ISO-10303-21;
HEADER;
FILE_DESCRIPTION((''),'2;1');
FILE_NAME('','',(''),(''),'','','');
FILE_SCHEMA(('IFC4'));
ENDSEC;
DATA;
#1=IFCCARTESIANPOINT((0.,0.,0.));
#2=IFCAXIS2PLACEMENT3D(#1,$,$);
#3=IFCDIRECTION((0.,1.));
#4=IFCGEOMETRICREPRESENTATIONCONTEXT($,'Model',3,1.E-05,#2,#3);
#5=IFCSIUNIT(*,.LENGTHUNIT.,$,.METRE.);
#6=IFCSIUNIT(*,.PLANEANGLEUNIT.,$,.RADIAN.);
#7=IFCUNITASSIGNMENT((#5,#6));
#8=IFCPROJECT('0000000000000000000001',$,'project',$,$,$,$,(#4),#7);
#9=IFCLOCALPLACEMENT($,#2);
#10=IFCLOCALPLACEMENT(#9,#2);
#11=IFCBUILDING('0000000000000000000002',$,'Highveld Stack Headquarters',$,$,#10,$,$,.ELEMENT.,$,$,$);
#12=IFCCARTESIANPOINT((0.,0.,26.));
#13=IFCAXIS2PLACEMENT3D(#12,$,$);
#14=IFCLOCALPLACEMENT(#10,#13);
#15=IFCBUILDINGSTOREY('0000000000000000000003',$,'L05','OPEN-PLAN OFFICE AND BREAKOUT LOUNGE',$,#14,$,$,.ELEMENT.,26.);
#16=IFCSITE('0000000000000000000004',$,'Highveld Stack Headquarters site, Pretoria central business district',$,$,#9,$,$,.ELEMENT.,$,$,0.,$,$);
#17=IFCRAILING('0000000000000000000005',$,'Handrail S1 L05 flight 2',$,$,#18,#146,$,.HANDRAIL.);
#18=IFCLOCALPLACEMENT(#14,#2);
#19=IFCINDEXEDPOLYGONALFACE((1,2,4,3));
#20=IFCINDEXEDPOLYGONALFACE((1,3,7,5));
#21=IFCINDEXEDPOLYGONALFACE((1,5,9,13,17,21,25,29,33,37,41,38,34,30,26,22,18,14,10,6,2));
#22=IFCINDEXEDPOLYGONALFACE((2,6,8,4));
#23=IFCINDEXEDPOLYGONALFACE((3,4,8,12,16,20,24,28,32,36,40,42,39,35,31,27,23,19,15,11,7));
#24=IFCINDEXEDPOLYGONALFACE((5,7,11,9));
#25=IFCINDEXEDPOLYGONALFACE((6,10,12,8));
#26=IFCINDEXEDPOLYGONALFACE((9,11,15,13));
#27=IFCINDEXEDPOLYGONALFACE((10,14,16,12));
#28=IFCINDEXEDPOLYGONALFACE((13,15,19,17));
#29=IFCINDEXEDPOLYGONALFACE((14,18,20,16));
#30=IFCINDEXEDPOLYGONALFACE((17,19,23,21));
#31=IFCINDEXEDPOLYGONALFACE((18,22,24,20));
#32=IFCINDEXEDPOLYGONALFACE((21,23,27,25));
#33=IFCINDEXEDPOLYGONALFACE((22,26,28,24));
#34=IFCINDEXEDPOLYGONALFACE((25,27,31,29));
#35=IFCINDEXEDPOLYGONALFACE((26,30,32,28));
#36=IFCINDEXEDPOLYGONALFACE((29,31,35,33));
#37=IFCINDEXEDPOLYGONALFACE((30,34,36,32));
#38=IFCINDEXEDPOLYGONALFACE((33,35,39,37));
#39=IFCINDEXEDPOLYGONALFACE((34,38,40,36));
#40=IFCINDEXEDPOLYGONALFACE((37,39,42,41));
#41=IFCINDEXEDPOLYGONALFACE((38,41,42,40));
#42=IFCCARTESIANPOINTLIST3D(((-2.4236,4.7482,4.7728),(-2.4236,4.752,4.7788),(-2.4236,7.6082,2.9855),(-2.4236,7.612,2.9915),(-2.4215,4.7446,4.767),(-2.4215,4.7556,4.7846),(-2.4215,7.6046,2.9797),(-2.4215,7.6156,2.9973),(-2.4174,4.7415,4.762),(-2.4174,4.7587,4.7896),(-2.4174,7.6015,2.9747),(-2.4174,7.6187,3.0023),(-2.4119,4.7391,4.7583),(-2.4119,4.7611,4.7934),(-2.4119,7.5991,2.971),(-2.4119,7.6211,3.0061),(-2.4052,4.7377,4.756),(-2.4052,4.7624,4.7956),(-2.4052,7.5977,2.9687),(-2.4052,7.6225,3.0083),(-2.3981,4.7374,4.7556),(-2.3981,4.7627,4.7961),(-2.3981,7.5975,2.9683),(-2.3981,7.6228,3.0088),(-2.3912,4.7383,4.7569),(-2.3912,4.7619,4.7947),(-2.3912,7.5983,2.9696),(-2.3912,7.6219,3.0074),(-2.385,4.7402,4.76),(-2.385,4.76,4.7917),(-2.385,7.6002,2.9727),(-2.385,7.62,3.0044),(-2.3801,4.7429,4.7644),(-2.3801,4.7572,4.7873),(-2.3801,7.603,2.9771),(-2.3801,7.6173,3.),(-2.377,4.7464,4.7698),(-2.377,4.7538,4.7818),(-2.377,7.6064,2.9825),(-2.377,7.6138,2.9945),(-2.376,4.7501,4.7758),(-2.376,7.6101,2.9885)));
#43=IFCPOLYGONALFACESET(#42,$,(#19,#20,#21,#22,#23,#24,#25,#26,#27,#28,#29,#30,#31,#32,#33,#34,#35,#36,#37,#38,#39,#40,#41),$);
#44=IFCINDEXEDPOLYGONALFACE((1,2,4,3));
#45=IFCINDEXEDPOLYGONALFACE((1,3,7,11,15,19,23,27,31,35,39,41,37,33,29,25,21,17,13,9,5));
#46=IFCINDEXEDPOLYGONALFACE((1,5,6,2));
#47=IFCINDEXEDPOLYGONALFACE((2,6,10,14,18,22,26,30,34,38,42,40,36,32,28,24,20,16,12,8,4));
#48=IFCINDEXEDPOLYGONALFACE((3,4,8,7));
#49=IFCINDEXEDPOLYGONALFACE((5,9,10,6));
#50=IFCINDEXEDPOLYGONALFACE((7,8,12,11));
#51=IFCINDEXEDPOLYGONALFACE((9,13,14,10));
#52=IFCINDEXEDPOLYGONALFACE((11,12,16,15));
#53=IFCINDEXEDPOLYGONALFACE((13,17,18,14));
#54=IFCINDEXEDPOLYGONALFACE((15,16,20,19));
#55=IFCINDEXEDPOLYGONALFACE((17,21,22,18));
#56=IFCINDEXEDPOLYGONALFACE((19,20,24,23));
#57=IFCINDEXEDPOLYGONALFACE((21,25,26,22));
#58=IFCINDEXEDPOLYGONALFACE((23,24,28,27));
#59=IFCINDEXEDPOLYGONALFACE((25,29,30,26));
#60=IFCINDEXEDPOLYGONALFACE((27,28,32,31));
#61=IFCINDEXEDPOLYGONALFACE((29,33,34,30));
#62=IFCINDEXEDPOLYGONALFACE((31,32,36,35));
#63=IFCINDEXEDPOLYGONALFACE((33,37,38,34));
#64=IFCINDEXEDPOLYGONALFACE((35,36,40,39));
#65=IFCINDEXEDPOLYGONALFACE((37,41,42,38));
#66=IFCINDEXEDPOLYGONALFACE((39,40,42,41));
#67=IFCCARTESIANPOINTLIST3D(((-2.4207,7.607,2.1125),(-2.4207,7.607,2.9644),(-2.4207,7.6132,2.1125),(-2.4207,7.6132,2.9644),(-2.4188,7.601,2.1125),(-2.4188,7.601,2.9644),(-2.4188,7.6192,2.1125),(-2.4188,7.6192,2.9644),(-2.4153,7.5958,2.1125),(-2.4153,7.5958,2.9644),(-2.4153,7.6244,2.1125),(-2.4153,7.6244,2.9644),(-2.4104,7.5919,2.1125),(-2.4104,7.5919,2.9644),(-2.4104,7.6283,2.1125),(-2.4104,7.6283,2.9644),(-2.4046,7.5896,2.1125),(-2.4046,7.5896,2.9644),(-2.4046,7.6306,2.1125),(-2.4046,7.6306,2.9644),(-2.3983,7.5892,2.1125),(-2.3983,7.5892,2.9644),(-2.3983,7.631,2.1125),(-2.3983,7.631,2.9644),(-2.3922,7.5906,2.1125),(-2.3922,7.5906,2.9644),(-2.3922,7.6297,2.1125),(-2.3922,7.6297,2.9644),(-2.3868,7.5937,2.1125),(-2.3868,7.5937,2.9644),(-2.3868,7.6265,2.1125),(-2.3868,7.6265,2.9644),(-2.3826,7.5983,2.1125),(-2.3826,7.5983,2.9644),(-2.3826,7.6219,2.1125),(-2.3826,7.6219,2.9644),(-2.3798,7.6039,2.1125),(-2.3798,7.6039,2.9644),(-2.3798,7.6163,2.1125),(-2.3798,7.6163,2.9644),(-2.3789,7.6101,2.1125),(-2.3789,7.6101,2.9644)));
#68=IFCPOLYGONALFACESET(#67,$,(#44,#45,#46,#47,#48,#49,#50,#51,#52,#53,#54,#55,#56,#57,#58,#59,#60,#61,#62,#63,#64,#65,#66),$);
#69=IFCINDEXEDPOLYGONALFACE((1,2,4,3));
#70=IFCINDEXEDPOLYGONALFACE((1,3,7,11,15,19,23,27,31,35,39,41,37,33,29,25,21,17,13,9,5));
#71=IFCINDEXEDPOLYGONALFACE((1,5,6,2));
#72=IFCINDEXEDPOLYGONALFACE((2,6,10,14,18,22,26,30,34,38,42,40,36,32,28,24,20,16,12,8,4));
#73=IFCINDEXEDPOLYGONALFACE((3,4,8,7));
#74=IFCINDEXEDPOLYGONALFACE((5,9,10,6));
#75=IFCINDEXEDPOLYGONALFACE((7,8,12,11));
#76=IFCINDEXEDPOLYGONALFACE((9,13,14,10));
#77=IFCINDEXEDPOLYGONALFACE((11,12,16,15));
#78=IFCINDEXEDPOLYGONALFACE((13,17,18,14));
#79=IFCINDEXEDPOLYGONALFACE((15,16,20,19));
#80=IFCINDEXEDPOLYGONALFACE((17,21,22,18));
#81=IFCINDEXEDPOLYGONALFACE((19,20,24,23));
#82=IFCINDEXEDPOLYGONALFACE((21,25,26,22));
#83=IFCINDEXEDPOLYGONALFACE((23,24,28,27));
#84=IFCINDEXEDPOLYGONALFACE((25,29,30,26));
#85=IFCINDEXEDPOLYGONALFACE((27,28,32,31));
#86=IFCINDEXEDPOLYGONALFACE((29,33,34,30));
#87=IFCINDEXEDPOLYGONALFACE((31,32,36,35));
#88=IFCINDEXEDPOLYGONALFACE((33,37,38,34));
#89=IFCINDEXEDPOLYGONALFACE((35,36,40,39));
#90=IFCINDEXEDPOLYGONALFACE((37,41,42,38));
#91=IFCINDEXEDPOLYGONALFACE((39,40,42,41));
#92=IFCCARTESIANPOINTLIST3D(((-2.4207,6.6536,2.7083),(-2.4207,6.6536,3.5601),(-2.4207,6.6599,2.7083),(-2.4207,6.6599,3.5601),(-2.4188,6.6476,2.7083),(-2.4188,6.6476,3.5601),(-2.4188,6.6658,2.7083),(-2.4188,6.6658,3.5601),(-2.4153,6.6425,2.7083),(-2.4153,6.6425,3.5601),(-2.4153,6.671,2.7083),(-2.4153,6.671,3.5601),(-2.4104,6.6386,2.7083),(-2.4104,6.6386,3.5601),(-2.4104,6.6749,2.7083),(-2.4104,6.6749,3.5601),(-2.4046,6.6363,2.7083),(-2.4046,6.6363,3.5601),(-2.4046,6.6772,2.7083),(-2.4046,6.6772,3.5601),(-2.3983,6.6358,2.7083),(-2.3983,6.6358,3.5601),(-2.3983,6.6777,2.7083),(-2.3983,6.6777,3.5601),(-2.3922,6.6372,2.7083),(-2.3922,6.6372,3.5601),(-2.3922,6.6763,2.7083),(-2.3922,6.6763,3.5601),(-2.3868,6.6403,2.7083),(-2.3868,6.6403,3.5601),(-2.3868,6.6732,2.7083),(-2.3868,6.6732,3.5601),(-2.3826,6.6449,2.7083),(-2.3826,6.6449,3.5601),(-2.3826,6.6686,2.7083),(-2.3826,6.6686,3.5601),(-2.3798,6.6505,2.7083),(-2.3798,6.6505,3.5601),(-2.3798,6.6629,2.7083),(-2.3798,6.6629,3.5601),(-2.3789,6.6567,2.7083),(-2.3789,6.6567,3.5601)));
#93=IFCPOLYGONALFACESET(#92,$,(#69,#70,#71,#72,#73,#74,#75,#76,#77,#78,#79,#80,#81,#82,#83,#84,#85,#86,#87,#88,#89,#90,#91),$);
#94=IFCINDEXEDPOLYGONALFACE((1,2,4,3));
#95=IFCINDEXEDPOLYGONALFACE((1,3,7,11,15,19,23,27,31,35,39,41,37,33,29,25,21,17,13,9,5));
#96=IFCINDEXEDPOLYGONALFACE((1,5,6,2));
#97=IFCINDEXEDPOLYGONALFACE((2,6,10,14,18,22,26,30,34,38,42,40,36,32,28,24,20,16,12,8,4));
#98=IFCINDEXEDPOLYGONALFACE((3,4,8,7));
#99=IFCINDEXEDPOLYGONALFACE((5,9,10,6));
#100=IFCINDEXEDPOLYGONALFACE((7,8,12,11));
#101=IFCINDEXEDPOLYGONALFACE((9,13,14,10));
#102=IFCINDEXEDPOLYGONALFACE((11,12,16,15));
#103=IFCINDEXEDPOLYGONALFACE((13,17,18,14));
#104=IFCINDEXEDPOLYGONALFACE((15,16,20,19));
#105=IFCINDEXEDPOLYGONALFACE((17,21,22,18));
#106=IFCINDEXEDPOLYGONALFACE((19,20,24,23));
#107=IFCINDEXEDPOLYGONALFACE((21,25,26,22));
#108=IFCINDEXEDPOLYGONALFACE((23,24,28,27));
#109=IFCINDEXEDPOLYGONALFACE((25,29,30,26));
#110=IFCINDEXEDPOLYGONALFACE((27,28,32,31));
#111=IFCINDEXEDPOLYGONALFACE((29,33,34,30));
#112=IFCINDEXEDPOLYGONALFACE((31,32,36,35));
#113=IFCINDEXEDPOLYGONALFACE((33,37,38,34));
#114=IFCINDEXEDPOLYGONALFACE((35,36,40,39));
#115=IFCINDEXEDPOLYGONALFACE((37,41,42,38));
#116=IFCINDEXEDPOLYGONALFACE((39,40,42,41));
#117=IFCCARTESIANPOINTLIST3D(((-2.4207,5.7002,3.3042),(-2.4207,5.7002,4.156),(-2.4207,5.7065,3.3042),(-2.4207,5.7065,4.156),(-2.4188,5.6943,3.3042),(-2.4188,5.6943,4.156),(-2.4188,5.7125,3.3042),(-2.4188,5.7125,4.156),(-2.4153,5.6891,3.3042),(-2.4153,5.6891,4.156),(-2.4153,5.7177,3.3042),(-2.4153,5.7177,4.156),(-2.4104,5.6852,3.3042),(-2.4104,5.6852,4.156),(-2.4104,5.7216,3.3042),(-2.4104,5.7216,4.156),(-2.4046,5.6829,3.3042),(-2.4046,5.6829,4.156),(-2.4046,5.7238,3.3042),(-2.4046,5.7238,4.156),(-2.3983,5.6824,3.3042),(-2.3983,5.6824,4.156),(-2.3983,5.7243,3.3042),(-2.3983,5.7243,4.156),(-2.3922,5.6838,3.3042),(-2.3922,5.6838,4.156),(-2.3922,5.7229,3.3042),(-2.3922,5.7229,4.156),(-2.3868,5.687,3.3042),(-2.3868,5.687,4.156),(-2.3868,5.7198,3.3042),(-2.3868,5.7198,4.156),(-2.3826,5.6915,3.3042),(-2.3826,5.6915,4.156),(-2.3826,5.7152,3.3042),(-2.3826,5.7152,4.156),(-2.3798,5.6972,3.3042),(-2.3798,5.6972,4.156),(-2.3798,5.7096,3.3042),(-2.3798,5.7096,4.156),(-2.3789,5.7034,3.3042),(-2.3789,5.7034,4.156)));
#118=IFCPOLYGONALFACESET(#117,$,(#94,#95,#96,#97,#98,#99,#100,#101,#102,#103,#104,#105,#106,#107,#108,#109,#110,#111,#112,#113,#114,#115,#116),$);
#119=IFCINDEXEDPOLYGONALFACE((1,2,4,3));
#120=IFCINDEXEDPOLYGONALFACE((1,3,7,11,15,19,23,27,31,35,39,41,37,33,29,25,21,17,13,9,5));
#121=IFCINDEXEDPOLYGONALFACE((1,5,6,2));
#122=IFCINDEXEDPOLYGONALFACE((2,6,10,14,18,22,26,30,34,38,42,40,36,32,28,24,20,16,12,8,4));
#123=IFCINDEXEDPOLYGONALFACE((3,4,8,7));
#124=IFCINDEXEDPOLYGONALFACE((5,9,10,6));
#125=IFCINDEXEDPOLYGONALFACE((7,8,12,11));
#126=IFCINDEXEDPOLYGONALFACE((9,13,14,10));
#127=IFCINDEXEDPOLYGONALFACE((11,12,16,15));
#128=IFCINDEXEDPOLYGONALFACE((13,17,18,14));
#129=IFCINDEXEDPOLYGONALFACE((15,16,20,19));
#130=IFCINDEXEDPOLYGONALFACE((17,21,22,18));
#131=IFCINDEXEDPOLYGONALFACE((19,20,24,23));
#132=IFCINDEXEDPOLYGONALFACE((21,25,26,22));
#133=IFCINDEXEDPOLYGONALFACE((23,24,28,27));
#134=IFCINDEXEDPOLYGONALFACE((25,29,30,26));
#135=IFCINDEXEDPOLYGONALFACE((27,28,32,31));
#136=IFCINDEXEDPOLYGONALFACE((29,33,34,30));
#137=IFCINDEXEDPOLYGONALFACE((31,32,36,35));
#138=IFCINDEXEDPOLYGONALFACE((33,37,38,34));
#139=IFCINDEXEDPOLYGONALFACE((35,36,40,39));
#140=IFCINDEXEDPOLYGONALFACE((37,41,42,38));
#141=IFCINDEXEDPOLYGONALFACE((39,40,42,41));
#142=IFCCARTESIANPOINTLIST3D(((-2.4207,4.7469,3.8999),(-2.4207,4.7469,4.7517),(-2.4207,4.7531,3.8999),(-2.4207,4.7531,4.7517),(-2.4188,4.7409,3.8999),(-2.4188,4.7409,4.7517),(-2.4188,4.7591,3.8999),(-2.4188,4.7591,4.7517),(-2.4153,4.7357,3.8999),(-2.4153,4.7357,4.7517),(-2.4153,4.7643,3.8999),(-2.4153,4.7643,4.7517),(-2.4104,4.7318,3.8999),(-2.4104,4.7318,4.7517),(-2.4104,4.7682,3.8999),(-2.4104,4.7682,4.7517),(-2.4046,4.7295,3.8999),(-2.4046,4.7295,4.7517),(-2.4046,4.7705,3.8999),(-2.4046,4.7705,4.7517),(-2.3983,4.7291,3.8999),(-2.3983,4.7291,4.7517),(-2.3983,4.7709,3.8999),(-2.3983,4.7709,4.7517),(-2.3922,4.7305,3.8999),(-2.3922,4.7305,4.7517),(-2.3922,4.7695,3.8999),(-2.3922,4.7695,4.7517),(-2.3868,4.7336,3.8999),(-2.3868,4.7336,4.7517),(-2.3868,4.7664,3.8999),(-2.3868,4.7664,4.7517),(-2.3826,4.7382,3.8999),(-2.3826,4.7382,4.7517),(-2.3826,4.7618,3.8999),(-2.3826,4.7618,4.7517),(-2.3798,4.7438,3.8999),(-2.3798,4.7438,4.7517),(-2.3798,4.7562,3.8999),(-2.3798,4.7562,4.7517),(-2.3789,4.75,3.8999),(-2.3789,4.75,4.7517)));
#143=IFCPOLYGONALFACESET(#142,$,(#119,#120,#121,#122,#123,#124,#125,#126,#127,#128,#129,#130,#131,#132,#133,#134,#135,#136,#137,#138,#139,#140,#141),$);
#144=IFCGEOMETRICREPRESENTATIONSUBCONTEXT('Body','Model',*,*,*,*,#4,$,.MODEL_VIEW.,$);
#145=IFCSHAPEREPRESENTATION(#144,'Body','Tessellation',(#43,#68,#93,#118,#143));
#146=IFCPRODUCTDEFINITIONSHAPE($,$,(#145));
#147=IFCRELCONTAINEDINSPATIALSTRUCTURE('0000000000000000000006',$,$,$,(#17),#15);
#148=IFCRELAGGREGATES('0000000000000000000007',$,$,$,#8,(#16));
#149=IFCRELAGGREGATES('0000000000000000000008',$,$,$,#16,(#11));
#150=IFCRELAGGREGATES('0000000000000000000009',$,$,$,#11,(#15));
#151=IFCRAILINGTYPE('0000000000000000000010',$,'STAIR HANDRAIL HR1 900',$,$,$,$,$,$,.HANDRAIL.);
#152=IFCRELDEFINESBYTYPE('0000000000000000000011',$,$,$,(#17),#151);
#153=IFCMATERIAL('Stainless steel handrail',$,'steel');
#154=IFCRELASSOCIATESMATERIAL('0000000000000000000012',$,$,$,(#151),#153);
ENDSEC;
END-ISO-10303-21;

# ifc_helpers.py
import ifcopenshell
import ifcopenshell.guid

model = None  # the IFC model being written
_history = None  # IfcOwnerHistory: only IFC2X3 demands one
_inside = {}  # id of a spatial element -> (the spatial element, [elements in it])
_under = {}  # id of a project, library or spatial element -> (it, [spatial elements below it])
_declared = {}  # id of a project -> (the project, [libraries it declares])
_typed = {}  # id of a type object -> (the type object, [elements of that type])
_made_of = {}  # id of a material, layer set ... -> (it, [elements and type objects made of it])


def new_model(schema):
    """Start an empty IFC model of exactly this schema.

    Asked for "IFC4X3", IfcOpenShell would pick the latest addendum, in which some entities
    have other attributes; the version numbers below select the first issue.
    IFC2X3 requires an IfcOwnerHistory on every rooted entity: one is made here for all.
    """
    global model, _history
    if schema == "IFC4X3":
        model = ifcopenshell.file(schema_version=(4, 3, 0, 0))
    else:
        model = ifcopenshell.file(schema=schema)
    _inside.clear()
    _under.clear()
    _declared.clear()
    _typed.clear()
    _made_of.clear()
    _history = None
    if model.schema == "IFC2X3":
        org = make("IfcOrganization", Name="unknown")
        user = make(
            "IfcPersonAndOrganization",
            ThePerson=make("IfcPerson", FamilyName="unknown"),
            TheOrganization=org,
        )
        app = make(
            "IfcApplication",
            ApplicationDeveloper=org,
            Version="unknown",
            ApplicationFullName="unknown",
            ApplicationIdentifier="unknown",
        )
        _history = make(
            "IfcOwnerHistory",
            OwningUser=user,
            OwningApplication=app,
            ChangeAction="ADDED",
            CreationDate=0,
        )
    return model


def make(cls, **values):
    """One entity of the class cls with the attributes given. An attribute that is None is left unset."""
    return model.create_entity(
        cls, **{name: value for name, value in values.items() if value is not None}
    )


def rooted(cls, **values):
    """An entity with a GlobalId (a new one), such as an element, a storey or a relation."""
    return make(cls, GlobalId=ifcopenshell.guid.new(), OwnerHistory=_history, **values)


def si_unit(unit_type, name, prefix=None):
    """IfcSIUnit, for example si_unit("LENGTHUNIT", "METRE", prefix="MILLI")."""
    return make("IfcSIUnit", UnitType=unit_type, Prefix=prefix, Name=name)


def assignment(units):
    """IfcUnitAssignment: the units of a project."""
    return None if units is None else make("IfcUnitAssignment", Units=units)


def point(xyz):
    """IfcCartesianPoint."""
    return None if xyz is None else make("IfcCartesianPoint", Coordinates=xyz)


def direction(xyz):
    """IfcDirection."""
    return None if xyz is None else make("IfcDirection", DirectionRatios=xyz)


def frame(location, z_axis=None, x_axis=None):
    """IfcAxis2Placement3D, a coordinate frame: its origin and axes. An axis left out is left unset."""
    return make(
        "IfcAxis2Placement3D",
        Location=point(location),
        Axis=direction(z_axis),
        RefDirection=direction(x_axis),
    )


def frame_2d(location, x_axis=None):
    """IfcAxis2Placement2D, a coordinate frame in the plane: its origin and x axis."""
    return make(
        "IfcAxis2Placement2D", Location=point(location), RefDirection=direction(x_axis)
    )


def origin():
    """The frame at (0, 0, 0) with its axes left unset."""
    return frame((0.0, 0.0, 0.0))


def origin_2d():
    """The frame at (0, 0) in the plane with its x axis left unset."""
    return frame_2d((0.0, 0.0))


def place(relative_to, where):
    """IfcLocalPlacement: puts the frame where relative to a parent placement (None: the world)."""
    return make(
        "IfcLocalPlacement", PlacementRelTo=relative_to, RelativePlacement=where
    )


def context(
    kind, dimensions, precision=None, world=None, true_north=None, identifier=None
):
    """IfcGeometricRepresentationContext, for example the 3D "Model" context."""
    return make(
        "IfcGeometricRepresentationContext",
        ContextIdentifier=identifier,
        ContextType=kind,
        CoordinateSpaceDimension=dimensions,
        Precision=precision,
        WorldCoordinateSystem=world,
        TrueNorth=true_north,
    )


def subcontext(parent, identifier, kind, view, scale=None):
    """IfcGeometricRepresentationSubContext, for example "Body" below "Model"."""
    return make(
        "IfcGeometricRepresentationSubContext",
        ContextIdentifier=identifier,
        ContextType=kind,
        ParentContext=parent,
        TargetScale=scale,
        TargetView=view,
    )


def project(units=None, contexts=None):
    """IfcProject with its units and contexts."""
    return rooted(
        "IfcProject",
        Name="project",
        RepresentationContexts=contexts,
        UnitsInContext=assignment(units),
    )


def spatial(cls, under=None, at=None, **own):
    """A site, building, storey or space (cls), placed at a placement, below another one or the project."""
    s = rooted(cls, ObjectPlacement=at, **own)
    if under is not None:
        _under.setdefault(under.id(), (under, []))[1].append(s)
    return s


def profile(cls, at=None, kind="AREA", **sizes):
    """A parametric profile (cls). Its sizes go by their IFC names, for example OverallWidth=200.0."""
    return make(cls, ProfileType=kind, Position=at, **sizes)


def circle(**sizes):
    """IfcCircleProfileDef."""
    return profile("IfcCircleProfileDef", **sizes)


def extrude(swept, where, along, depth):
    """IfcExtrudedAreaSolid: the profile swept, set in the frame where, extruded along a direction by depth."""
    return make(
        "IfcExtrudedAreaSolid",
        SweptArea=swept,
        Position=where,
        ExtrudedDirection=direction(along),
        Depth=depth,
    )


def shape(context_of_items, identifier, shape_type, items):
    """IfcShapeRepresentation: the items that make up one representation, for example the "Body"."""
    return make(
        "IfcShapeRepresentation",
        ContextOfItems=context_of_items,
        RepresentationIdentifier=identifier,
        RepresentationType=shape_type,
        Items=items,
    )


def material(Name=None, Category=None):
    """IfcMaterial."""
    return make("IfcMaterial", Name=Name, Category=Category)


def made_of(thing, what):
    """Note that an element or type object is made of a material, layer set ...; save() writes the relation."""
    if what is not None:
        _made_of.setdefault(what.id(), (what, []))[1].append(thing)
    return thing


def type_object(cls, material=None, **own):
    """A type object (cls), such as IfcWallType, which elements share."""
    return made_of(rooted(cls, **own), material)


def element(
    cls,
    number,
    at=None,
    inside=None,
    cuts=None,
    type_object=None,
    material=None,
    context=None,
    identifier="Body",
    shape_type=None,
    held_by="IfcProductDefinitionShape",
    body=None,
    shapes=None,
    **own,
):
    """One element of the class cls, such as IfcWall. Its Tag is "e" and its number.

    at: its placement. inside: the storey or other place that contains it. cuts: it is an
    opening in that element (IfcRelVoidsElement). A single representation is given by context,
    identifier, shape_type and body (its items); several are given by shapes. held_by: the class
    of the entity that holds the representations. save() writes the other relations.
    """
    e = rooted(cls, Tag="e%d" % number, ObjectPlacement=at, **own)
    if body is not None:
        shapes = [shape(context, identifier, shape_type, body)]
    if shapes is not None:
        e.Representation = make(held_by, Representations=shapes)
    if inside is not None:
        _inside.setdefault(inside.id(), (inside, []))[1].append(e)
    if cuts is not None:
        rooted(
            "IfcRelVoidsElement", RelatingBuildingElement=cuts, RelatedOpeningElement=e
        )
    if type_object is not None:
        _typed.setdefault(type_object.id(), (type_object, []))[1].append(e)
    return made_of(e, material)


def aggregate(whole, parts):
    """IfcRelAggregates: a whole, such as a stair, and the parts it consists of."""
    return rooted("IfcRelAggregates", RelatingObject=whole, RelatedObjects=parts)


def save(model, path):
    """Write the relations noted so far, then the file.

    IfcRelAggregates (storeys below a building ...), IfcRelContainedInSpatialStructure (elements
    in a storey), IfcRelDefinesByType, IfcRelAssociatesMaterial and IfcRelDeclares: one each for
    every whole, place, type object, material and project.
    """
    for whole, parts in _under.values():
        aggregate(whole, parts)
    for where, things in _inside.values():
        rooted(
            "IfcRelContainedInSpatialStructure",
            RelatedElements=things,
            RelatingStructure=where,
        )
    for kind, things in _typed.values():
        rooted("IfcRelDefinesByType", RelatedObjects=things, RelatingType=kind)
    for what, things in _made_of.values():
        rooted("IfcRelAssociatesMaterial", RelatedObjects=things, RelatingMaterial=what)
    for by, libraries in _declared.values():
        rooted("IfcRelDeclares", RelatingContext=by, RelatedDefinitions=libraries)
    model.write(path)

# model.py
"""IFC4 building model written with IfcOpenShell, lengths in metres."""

from ifc_helpers import new_model, si_unit, direction, frame, origin, origin_2d, place, context, subcontext, project, spatial, circle, extrude, material, type_object, element, save


model = new_model("IFC4")

# Units and contexts
model_context = context("Model", 3, precision=1e-05, world=origin(), true_north=direction((0.0, 1.0)))
body_context = subcontext(model_context, "Body", "Model", "MODEL_VIEW")
ifc_project = project(units=[si_unit("LENGTHUNIT", "METRE"), si_unit("PLANEANGLEUNIT", "RADIAN")], contexts=[model_context])

# Site, building, storey
site_placement = place(None, origin())
site = spatial("IfcSite", under=ifc_project, at=site_placement, Name="Highveld Stack Headquarters site, Pretoria central business district", CompositionType="ELEMENT", RefElevation=0.0)
building_placement = place(site_placement, origin())
building = spatial("IfcBuilding", under=site, at=building_placement, Name="Highveld Stack Headquarters", CompositionType="ELEMENT")
storey_placement = place(building_placement, frame((0.0, 0.0, 26.0)))
storey = spatial("IfcBuildingStorey", under=building, at=storey_placement, Name="L05", Description="OPEN-PLAN OFFICE AND BREAKOUT LOUNGE", CompositionType="ELEMENT", Elevation=26.0)

# Railing
ifc_material_1 = material(Name="Stainless steel handrail", Category="steel")
railing_type = type_object("IfcRailingType", Name="STAIR HANDRAIL HR1 900", PredefinedType="HANDRAIL", material=ifc_material_1)
for number, where, name in (
    (1, (-2.3999, 7.6101, 2.1125), "Handrail S1 L05 flight 2"),
):
    element("IfcRailing", number, at=place(storey_placement, frame(where)), inside=storey, type_object=railing_type, Name=name, PredefinedType="HANDRAIL", context=body_context, shape_type="SweptSolid", body=[
        extrude(circle(Radius=0.0239, at=origin_2d()), frame((0.0, 0.0, 0.876), z_axis=(0.0, -0.848027, 0.529953), x_axis=(1.0, 0.0, 0.0)), (0.0, 0.0, 1.0), 3.3726),
        extrude(circle(Radius=0.021, at=origin_2d()), origin(), (0.0, 0.0, 1.0), 0.8518),
        extrude(circle(Radius=0.021, at=origin_2d()), frame((0.0, -0.9534, 0.5957)), (0.0, 0.0, 1.0), 0.8518),
        extrude(circle(Radius=0.021, at=origin_2d()), frame((0.0, -1.9067, 1.1917)), (0.0, 0.0, 1.0), 0.8518),
        extrude(circle(Radius=0.021, at=origin_2d()), frame((0.0, -2.8601, 1.7874)), (0.0, 0.0, 1.0), 0.8518),
    ])

save(model, "model.ifc")
